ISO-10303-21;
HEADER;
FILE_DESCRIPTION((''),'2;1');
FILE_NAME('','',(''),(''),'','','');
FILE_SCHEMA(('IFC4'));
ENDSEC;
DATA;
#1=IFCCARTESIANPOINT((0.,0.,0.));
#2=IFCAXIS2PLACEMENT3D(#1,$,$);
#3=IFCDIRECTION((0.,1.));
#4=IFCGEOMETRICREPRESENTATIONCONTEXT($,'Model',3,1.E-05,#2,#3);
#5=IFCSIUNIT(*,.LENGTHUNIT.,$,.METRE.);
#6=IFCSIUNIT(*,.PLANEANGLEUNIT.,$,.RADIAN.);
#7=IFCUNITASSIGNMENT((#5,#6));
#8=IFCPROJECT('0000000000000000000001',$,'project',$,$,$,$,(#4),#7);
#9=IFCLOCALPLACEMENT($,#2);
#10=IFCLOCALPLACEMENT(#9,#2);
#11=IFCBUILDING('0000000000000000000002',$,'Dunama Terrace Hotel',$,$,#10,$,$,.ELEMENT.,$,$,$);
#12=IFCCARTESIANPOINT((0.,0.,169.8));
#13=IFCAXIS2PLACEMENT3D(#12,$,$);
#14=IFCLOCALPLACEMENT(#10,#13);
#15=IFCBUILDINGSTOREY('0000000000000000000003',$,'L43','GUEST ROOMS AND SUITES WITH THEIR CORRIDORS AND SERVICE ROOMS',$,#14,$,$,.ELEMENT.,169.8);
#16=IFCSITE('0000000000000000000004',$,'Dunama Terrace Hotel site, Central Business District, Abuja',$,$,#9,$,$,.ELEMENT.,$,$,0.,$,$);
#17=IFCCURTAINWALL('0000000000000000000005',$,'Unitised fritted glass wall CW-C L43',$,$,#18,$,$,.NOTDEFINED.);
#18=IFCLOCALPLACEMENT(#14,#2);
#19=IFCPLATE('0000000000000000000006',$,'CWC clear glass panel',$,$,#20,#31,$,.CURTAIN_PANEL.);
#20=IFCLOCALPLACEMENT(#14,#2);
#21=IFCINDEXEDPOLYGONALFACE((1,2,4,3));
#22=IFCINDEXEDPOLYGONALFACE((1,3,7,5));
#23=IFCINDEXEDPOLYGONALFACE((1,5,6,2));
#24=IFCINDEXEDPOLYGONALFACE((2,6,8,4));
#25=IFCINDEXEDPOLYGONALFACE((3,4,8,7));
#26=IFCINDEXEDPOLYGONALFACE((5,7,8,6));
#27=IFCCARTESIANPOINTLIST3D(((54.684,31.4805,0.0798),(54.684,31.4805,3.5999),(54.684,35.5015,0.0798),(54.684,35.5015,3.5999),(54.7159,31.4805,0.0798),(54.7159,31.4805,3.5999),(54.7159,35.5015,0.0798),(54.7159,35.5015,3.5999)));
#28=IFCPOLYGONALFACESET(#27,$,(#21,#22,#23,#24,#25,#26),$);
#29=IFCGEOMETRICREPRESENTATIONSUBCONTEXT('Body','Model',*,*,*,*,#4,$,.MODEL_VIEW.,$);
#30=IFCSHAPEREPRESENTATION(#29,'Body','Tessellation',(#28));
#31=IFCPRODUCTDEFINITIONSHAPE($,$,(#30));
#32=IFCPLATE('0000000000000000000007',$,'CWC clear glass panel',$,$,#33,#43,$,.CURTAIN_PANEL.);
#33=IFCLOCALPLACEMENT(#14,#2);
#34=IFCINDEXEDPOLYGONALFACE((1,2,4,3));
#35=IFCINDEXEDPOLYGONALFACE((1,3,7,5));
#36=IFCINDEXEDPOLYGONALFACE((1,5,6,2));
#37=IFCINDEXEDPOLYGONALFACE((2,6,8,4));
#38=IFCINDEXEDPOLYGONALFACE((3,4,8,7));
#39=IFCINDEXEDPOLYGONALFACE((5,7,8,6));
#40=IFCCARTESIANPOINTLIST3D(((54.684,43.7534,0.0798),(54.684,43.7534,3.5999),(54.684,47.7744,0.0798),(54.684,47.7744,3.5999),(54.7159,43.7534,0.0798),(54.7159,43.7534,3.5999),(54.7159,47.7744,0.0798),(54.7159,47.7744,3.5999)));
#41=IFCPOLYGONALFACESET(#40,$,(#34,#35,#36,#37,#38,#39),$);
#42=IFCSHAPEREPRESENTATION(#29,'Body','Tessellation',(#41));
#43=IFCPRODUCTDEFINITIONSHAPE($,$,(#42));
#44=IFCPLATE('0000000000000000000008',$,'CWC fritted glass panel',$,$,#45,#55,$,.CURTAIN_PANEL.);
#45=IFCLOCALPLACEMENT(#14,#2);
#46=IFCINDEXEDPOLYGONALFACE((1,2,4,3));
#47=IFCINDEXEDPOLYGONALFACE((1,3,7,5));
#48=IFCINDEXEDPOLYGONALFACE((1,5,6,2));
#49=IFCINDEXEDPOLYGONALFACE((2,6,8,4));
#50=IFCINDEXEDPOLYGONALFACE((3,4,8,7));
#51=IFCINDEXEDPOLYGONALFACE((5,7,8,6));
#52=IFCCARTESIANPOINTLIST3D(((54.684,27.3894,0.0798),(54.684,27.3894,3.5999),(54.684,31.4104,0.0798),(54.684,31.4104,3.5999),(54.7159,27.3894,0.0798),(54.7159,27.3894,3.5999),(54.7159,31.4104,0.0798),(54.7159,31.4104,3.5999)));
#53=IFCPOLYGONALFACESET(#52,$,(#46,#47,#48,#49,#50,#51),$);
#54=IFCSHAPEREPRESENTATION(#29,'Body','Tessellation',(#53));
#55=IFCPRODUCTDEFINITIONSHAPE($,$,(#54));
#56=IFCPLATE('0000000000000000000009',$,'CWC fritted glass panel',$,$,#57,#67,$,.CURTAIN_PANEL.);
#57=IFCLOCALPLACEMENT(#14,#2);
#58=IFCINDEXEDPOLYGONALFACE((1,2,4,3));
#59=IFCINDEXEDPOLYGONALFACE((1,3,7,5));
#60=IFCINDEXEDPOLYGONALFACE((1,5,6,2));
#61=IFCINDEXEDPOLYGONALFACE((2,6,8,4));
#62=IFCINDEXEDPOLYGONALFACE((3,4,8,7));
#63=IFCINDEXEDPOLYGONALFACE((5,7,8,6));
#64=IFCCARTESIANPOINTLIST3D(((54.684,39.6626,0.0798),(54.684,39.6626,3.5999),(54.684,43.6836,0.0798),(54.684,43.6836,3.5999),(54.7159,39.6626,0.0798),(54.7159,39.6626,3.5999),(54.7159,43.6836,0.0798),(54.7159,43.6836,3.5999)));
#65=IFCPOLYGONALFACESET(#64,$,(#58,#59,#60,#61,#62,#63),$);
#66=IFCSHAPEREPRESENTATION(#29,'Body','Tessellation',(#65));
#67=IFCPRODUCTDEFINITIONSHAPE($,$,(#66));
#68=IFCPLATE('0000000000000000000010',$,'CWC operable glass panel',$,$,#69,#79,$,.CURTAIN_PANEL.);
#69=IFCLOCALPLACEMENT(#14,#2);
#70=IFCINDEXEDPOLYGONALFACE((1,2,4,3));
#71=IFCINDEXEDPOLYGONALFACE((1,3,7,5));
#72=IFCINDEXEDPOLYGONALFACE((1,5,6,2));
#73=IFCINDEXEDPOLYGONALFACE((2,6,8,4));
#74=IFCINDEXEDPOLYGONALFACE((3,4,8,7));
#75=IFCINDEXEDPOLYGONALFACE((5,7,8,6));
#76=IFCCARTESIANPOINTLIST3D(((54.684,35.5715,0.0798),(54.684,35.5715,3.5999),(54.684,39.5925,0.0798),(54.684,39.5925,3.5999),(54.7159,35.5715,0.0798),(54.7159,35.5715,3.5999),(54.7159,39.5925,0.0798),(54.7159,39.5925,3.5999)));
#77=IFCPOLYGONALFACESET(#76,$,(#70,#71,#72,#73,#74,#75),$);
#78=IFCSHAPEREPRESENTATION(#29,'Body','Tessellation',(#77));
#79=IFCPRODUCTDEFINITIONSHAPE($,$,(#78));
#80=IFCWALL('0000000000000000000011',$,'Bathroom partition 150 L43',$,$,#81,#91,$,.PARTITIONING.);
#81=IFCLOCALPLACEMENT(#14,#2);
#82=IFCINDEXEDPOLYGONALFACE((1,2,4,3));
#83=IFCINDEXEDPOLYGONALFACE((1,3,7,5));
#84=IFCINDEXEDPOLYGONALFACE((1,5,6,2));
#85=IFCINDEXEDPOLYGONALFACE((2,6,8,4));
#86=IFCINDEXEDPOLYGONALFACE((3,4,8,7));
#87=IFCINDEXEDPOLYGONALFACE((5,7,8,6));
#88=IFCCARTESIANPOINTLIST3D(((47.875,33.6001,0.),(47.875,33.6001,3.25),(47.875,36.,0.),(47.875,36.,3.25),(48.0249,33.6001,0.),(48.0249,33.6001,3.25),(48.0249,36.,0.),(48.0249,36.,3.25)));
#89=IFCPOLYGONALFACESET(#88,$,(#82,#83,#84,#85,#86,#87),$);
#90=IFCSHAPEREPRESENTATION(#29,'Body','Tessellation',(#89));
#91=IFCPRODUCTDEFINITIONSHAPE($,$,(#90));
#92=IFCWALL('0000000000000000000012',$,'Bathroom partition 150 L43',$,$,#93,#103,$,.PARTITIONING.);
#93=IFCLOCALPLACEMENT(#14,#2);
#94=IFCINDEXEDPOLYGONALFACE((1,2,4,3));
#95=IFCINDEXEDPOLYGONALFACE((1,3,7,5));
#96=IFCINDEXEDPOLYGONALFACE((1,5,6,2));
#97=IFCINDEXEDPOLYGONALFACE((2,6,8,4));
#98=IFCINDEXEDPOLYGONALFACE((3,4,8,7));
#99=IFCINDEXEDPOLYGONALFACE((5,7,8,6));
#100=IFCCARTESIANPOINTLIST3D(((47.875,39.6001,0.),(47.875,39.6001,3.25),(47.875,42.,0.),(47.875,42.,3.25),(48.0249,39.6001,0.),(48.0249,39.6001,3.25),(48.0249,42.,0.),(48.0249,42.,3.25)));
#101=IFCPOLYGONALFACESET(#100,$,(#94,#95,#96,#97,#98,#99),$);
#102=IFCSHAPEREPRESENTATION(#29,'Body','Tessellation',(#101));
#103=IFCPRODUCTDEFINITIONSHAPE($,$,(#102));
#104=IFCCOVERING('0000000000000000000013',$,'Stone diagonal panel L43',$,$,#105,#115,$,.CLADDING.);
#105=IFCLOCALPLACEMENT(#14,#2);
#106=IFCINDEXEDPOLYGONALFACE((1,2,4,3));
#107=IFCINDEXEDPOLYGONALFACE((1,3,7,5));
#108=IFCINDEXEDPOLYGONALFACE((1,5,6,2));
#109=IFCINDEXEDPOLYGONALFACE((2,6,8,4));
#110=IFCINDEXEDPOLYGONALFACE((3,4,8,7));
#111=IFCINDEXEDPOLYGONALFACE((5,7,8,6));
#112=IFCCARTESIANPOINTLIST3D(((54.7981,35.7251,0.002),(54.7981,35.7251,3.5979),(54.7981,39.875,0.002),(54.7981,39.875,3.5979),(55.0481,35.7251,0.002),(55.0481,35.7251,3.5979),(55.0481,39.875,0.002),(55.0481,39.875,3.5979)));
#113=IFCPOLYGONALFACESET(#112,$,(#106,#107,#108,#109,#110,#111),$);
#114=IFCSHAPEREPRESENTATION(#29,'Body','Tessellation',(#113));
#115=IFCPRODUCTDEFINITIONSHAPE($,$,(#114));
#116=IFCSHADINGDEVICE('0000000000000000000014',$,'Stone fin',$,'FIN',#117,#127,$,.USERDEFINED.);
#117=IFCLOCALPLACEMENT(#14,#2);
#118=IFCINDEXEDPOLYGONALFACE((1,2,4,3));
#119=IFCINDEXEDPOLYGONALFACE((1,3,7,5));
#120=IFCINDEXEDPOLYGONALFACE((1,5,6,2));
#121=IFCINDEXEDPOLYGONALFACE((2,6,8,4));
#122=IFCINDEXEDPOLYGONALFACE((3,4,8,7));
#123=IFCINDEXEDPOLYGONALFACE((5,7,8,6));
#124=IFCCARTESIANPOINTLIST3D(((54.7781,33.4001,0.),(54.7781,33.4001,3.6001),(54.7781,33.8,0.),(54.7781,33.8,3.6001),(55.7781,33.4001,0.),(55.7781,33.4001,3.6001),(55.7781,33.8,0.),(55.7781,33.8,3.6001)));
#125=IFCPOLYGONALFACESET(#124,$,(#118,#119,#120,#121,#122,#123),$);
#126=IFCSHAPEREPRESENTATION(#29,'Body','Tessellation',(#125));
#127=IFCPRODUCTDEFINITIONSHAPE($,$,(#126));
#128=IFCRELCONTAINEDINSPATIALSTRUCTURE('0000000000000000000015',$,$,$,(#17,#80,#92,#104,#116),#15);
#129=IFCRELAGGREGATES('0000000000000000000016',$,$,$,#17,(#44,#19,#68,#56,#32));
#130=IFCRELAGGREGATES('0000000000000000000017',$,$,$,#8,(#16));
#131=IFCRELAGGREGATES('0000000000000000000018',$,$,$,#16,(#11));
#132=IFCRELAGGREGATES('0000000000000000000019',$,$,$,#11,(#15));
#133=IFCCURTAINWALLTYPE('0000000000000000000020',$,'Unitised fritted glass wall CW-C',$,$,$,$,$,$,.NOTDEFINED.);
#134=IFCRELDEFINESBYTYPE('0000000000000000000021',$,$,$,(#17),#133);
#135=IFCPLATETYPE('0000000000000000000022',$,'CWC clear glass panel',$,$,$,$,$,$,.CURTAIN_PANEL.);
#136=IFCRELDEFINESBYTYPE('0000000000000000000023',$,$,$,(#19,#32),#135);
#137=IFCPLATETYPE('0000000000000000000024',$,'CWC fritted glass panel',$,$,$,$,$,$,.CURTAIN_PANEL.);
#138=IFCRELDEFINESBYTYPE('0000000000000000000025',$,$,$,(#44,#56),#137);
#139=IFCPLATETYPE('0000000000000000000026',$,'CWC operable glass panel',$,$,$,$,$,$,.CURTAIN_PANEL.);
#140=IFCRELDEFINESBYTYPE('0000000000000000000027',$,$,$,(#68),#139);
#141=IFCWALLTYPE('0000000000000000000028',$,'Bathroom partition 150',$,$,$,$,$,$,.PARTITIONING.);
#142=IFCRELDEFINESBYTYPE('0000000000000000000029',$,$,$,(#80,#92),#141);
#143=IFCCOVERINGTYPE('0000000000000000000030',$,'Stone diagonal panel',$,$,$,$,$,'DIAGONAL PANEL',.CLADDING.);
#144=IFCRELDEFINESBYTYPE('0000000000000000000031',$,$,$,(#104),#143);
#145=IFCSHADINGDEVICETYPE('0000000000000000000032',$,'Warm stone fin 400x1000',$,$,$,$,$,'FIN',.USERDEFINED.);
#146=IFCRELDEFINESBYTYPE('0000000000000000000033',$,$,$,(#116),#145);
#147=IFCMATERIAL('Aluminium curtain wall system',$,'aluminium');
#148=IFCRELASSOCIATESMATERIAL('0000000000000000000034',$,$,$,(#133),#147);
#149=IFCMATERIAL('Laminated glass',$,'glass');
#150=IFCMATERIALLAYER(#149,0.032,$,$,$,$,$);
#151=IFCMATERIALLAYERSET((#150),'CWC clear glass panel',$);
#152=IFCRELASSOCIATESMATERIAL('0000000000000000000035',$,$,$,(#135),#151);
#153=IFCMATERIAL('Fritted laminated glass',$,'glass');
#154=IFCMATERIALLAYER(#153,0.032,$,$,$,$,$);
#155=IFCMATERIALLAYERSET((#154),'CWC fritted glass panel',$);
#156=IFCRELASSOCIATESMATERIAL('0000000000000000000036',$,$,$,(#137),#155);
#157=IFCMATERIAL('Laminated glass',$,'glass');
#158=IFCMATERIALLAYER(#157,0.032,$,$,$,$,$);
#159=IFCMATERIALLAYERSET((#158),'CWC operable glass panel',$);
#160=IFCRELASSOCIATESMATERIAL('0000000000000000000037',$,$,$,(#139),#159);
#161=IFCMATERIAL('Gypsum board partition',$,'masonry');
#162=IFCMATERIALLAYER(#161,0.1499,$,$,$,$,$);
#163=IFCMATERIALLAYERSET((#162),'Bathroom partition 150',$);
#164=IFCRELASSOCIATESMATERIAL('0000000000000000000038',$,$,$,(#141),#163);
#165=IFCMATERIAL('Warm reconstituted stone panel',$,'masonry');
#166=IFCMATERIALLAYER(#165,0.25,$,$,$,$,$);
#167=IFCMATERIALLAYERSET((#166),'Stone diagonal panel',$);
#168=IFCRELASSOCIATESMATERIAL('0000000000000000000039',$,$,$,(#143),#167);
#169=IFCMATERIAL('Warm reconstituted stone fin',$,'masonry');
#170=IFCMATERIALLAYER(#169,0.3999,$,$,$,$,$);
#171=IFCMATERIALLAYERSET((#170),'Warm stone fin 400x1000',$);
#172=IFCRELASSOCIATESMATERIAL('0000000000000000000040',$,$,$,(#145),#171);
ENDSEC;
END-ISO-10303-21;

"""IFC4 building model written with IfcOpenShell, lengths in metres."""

from ifc_helpers import new_model, si_unit, direction, frame, frame_2d, origin, origin_2d, place, context, subcontext, project, spatial, rectangle, extrude, material, layer, layer_set, type_object, element, aggregate, save


model = new_model("IFC4")

# Units and contexts
model_context = context("Model", 3, precision=1e-05, world=origin(), true_north=direction((0.0, 1.0)))
body_context = subcontext(model_context, "Body", "Model", "MODEL_VIEW")
ifc_project = project(units=[si_unit("LENGTHUNIT", "METRE"), si_unit("PLANEANGLEUNIT", "RADIAN")], contexts=[model_context])

# Site, building, storey
site_placement = place(None, origin())
site = spatial("IfcSite", under=ifc_project, at=site_placement, Name="Dunama Terrace Hotel site, Central Business District, Abuja", CompositionType="ELEMENT", RefElevation=0.0)
building_placement = place(site_placement, origin())
building = spatial("IfcBuilding", under=site, at=building_placement, Name="Dunama Terrace Hotel", CompositionType="ELEMENT")
storey_placement = place(building_placement, frame((0.0, 0.0, 169.8)))
storey = spatial("IfcBuildingStorey", under=building, at=storey_placement, Name="L43", Description="GUEST ROOMS AND SUITES WITH THEIR CORRIDORS AND SERVICE ROOMS", CompositionType="ELEMENT", Elevation=169.8)

# Curtain wall
ifc_material_1 = material(Name="Aluminium curtain wall system", Category="aluminium")
curtain_wall_type = type_object("IfcCurtainWallType", Name="Unitised fritted glass wall CW-C", PredefinedType="NOTDEFINED", material=ifc_material_1)
curtain_wall_placement = place(storey_placement, origin())
curtain_wall = element("IfcCurtainWall", 1, at=curtain_wall_placement, inside=storey, type_object=curtain_wall_type, Name="Unitised fritted glass wall CW-C L43", PredefinedType="NOTDEFINED")

# Plates
ifc_material_2 = material(Name="Laminated glass", Category="glass")
ifc_layer_1 = layer(ifc_material_2, 0.032)
ifc_layer_set_1 = layer_set([ifc_layer_1], Name="CWC clear glass panel")
plate_type_1 = type_object("IfcPlateType", Name="CWC clear glass panel", PredefinedType="CURTAIN_PANEL", material=ifc_layer_set_1)
plate_1_placement = place(storey_placement, frame((54.7, 33.491, 0.0798), z_axis=(0.0, 0.0, 1.0), x_axis=(0.0, 1.0, 0.0)))
plate_1 = element("IfcPlate", 2, at=plate_1_placement, type_object=plate_type_1, Name="CWC clear glass panel", PredefinedType="CURTAIN_PANEL", context=body_context, shape_type="SweptSolid", body=[
    extrude(rectangle(XDim=4.021, YDim=0.032, at=origin_2d()), origin(), (0.0, 0.0, 1.0), 3.52),
])
plate_2_placement = place(storey_placement, frame((54.7, 45.7639, 0.0798), z_axis=(0.0, 0.0, 1.0), x_axis=(0.0, 1.0, 0.0)))
plate_2 = element("IfcPlate", 3, at=plate_2_placement, type_object=plate_type_1, Name="CWC clear glass panel", PredefinedType="CURTAIN_PANEL", context=body_context, shape_type="SweptSolid", body=[
    extrude(rectangle(XDim=4.021, YDim=0.032, at=origin_2d()), origin(), (0.0, 0.0, 1.0), 3.52),
])
ifc_material_3 = material(Name="Fritted laminated glass", Category="glass")
ifc_layer_2 = layer(ifc_material_3, 0.032)
ifc_layer_set_2 = layer_set([ifc_layer_2], Name="CWC fritted glass panel")
plate_type_2 = type_object("IfcPlateType", Name="CWC fritted glass panel", PredefinedType="CURTAIN_PANEL", material=ifc_layer_set_2)
plate_3_placement = place(storey_placement, frame((54.7, 29.3999, 0.0798), z_axis=(0.0, 0.0, 1.0), x_axis=(0.0, 1.0, 0.0)))
plate_3 = element("IfcPlate", 4, at=plate_3_placement, type_object=plate_type_2, Name="CWC fritted glass panel", PredefinedType="CURTAIN_PANEL", context=body_context, shape_type="SweptSolid", body=[
    extrude(rectangle(XDim=4.021, YDim=0.032, at=origin_2d()), origin(), (0.0, 0.0, 1.0), 3.52),
])
plate_4_placement = place(storey_placement, frame((54.7, 41.6731, 0.0798), z_axis=(0.0, 0.0, 1.0), x_axis=(0.0, 1.0, 0.0)))
plate_4 = element("IfcPlate", 5, at=plate_4_placement, type_object=plate_type_2, Name="CWC fritted glass panel", PredefinedType="CURTAIN_PANEL", context=body_context, shape_type="SweptSolid", body=[
    extrude(rectangle(XDim=4.021, YDim=0.032, at=origin_2d()), origin(), (0.0, 0.0, 1.0), 3.52),
])
ifc_material_4 = material(Name="Laminated glass", Category="glass")
ifc_layer_3 = layer(ifc_material_4, 0.032)
ifc_layer_set_3 = layer_set([ifc_layer_3], Name="CWC operable glass panel")
plate_type_3 = type_object("IfcPlateType", Name="CWC operable glass panel", PredefinedType="CURTAIN_PANEL", material=ifc_layer_set_3)
plate_5_placement = place(storey_placement, frame((54.7, 37.582, 0.0798), z_axis=(0.0, 0.0, 1.0), x_axis=(0.0, 1.0, 0.0)))
plate_5 = element("IfcPlate", 6, at=plate_5_placement, type_object=plate_type_3, Name="CWC operable glass panel", PredefinedType="CURTAIN_PANEL", context=body_context, shape_type="SweptSolid", body=[
    extrude(rectangle(XDim=4.021, YDim=0.032, at=origin_2d()), origin(), (0.0, 0.0, 1.0), 3.52),
])
aggregate(curtain_wall, [plate_3, plate_1, plate_5, plate_4, plate_2])

# Walls
ifc_material_5 = material(Name="Gypsum board partition", Category="masonry")
ifc_layer_4 = layer(ifc_material_5, 0.1499)
ifc_layer_set_4 = layer_set([ifc_layer_4], Name="Bathroom partition 150")
wall_type = type_object("IfcWallType", Name="Bathroom partition 150", PredefinedType="PARTITIONING", material=ifc_layer_set_4)
for number, where, z_axis, x_axis, name in (
    (7, (47.95, 33.6001, 0.0), (0.0, 0.0, 1.0), (0.0, 1.0, 0.0), "Bathroom partition 150 L43"),
    (8, (47.95, 39.6001, 0.0), (0.0, 0.0, 1.0), (0.0, 1.0, 0.0), "Bathroom partition 150 L43"),
):
    element("IfcWall", number, at=place(storey_placement, frame(where, z_axis=z_axis, x_axis=x_axis)), inside=storey, type_object=wall_type, Name=name, PredefinedType="PARTITIONING", context=body_context, shape_type="SweptSolid", body=[
        extrude(rectangle(XDim=2.3999, YDim=0.1499, at=frame_2d((1.2, 0.0))), origin(), (0.0, 0.0, 1.0), 3.25),
    ])

# Covering
ifc_material_6 = material(Name="Warm reconstituted stone panel", Category="masonry")
ifc_layer_5 = layer(ifc_material_6, 0.25)
ifc_layer_set_5 = layer_set([ifc_layer_5], Name="Stone diagonal panel")
covering_type = type_object("IfcCoveringType", Name="Stone diagonal panel", ElementType="DIAGONAL PANEL", PredefinedType="CLADDING", material=ifc_layer_set_5)
covering_placement = place(storey_placement, frame((54.9231, 37.8, 0.002), z_axis=(0.0, 0.0, 1.0), x_axis=(0.0, 1.0, 0.0)))
element("IfcCovering", 9, at=covering_placement, inside=storey, type_object=covering_type, Name="Stone diagonal panel L43", PredefinedType="CLADDING", context=body_context, shape_type="SweptSolid", body=[
    extrude(rectangle(XDim=4.1499, YDim=0.25, at=origin_2d()), origin(), (0.0, 0.0, 1.0), 3.5959),
])

# Shading device
ifc_material_7 = material(Name="Warm reconstituted stone fin", Category="masonry")
ifc_layer_6 = layer(ifc_material_7, 0.3999)
ifc_layer_set_6 = layer_set([ifc_layer_6], Name="Warm stone fin 400x1000")
shading_device_type = type_object("IfcShadingDeviceType", Name="Warm stone fin 400x1000", ElementType="FIN", PredefinedType="USERDEFINED", material=ifc_layer_set_6)
shading_device_placement = place(storey_placement, frame((55.2781, 33.6001, 0.0), z_axis=(0.0, 0.0, 1.0), x_axis=(0.0, 1.0, 0.0)))
element("IfcShadingDevice", 10, at=shading_device_placement, inside=storey, type_object=shading_device_type, Name="Stone fin", ObjectType="FIN", PredefinedType="USERDEFINED", context=body_context, shape_type="SweptSolid", body=[
    extrude(rectangle(XDim=0.3999, YDim=1.0, at=origin_2d()), origin(), (0.0, 0.0, 1.0), 3.6001),
])

save(model, "model.ifc")
